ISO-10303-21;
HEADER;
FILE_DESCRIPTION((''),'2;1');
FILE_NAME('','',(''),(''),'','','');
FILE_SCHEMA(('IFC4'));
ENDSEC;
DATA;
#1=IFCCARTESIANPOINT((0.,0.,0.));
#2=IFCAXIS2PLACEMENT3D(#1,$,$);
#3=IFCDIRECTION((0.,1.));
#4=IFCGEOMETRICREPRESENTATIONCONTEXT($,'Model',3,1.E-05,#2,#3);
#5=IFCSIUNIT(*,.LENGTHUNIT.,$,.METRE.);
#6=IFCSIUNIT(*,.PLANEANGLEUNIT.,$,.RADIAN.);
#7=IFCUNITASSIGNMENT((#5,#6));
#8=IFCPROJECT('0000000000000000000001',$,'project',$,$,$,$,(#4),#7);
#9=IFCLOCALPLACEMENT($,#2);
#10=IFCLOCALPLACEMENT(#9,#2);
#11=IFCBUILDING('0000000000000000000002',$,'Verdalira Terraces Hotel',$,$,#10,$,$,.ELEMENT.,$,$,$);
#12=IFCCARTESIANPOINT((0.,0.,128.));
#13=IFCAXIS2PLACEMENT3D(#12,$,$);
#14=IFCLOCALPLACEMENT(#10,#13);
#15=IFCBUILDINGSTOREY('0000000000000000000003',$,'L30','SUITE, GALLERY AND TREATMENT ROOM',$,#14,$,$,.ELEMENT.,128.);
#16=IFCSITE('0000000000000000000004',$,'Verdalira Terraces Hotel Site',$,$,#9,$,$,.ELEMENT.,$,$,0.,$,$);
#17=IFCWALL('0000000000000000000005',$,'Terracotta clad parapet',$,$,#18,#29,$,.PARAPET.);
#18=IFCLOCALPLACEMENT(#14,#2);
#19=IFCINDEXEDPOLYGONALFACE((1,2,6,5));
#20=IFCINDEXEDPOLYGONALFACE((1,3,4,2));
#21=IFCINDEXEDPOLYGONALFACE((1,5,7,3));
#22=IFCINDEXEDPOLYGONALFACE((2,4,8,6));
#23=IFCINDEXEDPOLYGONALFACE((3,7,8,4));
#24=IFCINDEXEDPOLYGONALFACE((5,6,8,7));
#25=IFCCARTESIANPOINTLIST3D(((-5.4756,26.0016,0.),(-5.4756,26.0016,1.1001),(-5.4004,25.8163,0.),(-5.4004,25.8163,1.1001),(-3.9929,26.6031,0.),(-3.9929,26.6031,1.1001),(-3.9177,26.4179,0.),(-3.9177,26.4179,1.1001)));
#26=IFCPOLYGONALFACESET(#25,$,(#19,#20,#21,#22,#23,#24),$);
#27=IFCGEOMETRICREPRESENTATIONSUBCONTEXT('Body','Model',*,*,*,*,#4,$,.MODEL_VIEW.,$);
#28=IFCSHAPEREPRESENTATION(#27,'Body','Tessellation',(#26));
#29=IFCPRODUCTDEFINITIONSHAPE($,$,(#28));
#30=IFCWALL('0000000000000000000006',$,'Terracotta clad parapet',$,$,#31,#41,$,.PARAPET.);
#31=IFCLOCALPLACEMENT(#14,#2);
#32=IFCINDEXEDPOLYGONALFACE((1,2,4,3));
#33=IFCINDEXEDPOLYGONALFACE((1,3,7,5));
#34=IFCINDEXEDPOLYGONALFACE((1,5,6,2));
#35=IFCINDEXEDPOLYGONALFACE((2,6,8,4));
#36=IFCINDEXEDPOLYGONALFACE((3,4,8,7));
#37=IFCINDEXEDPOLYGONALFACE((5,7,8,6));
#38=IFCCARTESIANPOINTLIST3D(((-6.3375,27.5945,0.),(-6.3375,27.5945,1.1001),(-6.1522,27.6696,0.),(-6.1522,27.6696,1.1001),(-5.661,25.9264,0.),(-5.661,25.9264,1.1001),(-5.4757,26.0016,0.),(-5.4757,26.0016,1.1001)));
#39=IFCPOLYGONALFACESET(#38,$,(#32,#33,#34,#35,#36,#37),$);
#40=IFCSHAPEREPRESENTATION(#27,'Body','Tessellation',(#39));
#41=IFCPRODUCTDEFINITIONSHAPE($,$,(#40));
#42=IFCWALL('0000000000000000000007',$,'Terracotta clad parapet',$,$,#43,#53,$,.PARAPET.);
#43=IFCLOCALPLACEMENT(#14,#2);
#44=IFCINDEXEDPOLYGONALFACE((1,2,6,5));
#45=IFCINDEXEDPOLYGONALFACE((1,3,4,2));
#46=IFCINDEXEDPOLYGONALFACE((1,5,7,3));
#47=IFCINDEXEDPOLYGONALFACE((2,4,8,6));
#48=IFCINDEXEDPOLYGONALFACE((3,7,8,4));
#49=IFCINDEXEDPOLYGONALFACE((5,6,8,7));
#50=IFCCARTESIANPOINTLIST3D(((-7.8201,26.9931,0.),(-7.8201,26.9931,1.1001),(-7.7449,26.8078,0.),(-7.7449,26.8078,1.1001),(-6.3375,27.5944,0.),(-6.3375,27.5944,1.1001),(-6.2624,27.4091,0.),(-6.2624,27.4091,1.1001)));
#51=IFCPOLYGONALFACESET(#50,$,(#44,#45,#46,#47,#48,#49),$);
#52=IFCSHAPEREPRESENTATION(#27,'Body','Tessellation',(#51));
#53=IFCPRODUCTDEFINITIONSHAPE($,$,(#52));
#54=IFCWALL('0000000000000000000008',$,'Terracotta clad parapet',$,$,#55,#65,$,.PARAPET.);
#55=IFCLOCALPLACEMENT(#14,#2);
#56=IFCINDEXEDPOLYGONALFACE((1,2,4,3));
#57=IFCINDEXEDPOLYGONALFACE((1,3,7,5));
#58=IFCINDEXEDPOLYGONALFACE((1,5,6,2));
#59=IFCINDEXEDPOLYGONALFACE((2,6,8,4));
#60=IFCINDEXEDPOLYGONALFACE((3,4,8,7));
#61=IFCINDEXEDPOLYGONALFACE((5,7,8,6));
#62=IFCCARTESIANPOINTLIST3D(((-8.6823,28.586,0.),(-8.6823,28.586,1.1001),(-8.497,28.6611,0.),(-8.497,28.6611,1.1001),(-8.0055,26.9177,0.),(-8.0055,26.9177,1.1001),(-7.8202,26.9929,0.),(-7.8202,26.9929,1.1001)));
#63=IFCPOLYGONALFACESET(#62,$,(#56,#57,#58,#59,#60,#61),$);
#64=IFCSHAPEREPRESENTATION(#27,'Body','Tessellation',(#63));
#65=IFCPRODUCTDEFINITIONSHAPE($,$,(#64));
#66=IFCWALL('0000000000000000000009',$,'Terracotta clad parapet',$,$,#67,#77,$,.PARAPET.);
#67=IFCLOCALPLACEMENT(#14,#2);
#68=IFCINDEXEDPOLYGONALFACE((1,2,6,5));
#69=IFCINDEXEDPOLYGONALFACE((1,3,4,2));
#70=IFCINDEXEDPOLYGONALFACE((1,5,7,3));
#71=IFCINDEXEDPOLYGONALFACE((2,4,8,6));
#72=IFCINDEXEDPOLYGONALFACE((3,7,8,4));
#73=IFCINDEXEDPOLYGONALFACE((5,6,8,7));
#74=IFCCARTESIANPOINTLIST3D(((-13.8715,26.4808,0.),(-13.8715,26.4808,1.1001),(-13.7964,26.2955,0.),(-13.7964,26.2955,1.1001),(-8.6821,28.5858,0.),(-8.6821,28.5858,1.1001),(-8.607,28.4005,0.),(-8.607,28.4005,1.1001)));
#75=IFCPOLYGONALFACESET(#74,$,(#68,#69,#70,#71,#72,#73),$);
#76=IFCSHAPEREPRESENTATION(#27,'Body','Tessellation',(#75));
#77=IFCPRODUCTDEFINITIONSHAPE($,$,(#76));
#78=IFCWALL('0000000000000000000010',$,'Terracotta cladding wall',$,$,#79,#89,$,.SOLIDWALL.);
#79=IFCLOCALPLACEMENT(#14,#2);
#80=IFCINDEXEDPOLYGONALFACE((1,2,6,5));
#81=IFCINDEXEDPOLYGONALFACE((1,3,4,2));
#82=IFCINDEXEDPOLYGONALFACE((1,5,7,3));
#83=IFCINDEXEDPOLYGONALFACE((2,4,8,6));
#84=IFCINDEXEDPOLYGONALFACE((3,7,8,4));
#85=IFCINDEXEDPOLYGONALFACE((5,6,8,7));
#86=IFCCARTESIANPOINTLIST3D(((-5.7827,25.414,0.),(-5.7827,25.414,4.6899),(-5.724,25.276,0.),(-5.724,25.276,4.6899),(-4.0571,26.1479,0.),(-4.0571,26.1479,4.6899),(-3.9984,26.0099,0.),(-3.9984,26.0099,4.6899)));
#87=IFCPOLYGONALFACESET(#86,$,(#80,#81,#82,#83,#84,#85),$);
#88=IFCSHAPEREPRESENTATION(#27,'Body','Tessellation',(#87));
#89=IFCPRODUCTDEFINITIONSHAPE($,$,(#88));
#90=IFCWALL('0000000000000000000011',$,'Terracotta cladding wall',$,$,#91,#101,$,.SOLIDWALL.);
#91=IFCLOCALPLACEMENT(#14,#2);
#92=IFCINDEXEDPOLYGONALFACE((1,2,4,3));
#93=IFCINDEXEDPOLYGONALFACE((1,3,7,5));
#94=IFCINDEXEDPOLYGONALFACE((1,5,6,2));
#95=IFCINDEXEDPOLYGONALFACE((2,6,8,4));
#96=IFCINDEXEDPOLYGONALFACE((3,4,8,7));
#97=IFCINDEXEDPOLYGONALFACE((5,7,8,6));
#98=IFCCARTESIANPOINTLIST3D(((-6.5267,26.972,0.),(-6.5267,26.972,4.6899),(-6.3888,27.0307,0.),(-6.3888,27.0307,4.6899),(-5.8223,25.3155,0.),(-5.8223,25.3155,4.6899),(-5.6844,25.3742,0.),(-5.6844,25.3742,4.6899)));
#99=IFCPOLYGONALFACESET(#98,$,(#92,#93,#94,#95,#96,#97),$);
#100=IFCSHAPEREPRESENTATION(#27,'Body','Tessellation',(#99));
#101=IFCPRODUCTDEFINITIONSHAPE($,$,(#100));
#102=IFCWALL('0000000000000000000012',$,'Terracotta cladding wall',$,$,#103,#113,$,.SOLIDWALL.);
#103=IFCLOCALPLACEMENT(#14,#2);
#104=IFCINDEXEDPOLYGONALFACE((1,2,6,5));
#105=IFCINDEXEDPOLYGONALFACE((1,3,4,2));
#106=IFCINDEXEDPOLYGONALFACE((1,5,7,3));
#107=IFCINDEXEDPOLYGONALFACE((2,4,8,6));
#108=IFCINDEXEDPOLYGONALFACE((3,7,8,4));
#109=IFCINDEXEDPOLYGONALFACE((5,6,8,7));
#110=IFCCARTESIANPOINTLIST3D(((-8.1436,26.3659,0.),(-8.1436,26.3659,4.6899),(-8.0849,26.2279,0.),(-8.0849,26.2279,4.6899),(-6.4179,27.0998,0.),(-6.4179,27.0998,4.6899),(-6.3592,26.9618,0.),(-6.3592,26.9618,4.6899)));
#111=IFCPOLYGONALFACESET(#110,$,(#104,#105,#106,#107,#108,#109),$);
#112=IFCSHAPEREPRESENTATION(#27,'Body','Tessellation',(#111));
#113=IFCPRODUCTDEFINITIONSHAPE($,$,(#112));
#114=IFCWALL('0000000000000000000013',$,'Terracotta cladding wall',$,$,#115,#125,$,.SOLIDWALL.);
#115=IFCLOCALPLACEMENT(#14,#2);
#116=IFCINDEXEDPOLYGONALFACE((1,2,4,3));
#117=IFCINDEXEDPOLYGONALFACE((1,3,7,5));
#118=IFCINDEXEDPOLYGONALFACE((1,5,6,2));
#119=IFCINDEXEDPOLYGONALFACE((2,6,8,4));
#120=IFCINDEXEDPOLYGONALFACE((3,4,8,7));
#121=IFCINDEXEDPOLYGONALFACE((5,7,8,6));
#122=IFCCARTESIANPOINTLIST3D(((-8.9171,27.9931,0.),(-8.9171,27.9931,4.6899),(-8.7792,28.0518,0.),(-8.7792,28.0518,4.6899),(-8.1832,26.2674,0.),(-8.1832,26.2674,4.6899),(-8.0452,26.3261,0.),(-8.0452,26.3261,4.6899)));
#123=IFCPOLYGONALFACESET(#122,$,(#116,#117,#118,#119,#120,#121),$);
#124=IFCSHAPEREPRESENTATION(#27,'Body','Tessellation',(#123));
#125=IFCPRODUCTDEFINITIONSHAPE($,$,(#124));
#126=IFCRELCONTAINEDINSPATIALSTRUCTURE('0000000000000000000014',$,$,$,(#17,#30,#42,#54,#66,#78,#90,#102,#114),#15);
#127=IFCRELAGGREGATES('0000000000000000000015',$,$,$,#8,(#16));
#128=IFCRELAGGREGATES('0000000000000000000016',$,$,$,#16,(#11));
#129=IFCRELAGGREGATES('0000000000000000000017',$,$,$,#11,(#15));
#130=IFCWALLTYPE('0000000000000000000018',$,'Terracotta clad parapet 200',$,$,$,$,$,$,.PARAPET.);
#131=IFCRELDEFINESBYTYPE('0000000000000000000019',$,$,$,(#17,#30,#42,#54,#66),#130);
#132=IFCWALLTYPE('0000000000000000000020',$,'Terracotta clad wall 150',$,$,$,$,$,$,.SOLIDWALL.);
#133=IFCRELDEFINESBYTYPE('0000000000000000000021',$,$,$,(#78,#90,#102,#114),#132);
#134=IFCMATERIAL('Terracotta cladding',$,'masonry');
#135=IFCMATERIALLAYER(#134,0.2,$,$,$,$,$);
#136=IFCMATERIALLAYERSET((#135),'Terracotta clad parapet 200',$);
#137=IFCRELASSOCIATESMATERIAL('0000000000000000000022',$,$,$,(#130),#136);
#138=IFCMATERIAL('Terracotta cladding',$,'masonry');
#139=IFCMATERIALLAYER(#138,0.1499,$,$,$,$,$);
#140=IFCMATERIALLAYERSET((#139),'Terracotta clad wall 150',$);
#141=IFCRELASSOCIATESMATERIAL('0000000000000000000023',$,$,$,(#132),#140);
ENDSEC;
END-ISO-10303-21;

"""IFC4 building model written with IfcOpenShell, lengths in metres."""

from ifc_helpers import new_model, si_unit, direction, frame, frame_2d, origin, place, context, subcontext, project, spatial, rectangle, extrude, material, layer, layer_set, type_object, element, save


model = new_model("IFC4")

# Units and contexts
model_context = context("Model", 3, precision=1e-05, world=origin(), true_north=direction((0.0, 1.0)))
body_context = subcontext(model_context, "Body", "Model", "MODEL_VIEW")
ifc_project = project(units=[si_unit("LENGTHUNIT", "METRE"), si_unit("PLANEANGLEUNIT", "RADIAN")], contexts=[model_context])

# Site, building, storey
site_placement = place(None, origin())
site = spatial("IfcSite", under=ifc_project, at=site_placement, Name="Verdalira Terraces Hotel Site", CompositionType="ELEMENT", RefElevation=0.0)
building_placement = place(site_placement, origin())
building = spatial("IfcBuilding", under=site, at=building_placement, Name="Verdalira Terraces Hotel", CompositionType="ELEMENT")
storey_placement = place(building_placement, frame((0.0, 0.0, 128.0)))
storey = spatial("IfcBuildingStorey", under=building, at=storey_placement, Name="L30", Description="SUITE, GALLERY AND TREATMENT ROOM", CompositionType="ELEMENT", Elevation=128.0)

# Walls
ifc_material_1 = material(Name="Terracotta cladding", Category="masonry")
ifc_layer_1 = layer(ifc_material_1, 0.2)
ifc_layer_set_1 = layer_set([ifc_layer_1], Name="Terracotta clad parapet 200")
wall_type_1 = type_object("IfcWallType", Name="Terracotta clad parapet 200", PredefinedType="PARAPET", material=ifc_layer_set_1)
wall_1_placement = place(storey_placement, frame((-3.9553, 26.5105, 0.0), z_axis=(0.0, 0.0, 1.0), x_axis=(-0.926634, -0.375964, 0.0)))
element("IfcWall", 1, at=wall_1_placement, inside=storey, type_object=wall_type_1, Name="Terracotta clad parapet", PredefinedType="PARAPET", context=body_context, shape_type="SweptSolid", body=[
    extrude(rectangle(XDim=1.6001, YDim=0.2, at=frame_2d((0.8, 0.0))), origin(), (0.0, 0.0, 1.0), 1.1001),
])
wall_2_placement = place(storey_placement, frame((-5.5684, 25.9641, 0.0), z_axis=(0.0, 0.0, 1.0), x_axis=(-0.375853, 0.926679, 0.0)))
element("IfcWall", 2, at=wall_2_placement, inside=storey, type_object=wall_type_1, Name="Terracotta clad parapet", PredefinedType="PARAPET", context=body_context, shape_type="SweptSolid", body=[
    extrude(rectangle(XDim=1.8, YDim=0.2, at=frame_2d((0.8999, 0.0))), origin(), (0.0, 0.0, 1.0), 1.1001),
])
wall_3_placement = place(storey_placement, frame((-6.3, 27.5017, 0.0), z_axis=(0.0, 0.0, 1.0), x_axis=(-0.926688, -0.375833, 0.0)))
element("IfcWall", 3, at=wall_3_placement, inside=storey, type_object=wall_type_1, Name="Terracotta clad parapet", PredefinedType="PARAPET", context=body_context, shape_type="SweptSolid", body=[
    extrude(rectangle(XDim=1.5999, YDim=0.2, at=frame_2d((0.7998, 0.0))), origin(), (0.0, 0.0, 1.0), 1.1001),
])
wall_4_placement = place(storey_placement, frame((-7.9128, 26.9553, 0.0), z_axis=(0.0, 0.0, 1.0), x_axis=(-0.375922, 0.926651, 0.0)))
element("IfcWall", 4, at=wall_4_placement, inside=storey, type_object=wall_type_1, Name="Terracotta clad parapet", PredefinedType="PARAPET", context=body_context, shape_type="SweptSolid", body=[
    extrude(rectangle(XDim=1.8003, YDim=0.2, at=frame_2d((0.9001, 0.0))), origin(), (0.0, 0.0, 1.0), 1.1001),
])
wall_5_placement = place(storey_placement, frame((-8.6445, 28.4932, 0.0), z_axis=(0.0, 0.0, 1.0), x_axis=(-0.926668, -0.375881, 0.0)))
element("IfcWall", 5, at=wall_5_placement, inside=storey, type_object=wall_type_1, Name="Terracotta clad parapet", PredefinedType="PARAPET", context=body_context, shape_type="SweptSolid", body=[
    extrude(rectangle(XDim=5.6001, YDim=0.2, at=frame_2d((2.8, 0.0))), origin(), (0.0, 0.0, 1.0), 1.1001),
])
ifc_material_2 = material(Name="Terracotta cladding", Category="masonry")
ifc_layer_2 = layer(ifc_material_2, 0.1499)
ifc_layer_set_2 = layer_set([ifc_layer_2], Name="Terracotta clad wall 150")
wall_type_2 = type_object("IfcWallType", Name="Terracotta clad wall 150", PredefinedType="SOLIDWALL", material=ifc_layer_set_2)
wall_6_placement = place(storey_placement, frame((-4.0278, 26.0789, 0.0), z_axis=(0.0, 0.0, 1.0), x_axis=(-0.920232, -0.391372, 0.0)))
element("IfcWall", 6, at=wall_6_placement, inside=storey, type_object=wall_type_2, Name="Terracotta cladding wall", PredefinedType="SOLIDWALL", context=body_context, shape_type="SweptSolid", body=[
    extrude(rectangle(XDim=1.8752, YDim=0.1499, at=frame_2d((0.9375, 0.0))), origin(), (0.0, 0.0, 1.0), 4.6899),
])
wall_7_placement = place(storey_placement, frame((-5.7534, 25.345, 0.0), z_axis=(0.0, 0.0, 1.0), x_axis=(-0.391299, 0.920264, 0.0)))
element("IfcWall", 7, at=wall_7_placement, inside=storey, type_object=wall_type_2, Name="Terracotta cladding wall", PredefinedType="SOLIDWALL", context=body_context, shape_type="SweptSolid", body=[
    extrude(rectangle(XDim=1.8, YDim=0.1499, at=frame_2d((0.8999, 0.0))), origin(), (0.0, 0.0, 1.0), 4.6899),
])
for number, where, z_axis, x_axis, name in (
    (8, (-6.3887, 27.0308, 0.0), (0.0, 0.0, 1.0), (-0.920232, -0.391372, 0.0), "Terracotta cladding wall"),
    (9, (-8.1143, 26.2969, 0.0), (0.0, 0.0, 1.0), (-0.391372, 0.920232, 0.0), "Terracotta cladding wall"),
):
    element("IfcWall", number, at=place(storey_placement, frame(where, z_axis=z_axis, x_axis=x_axis)), inside=storey, type_object=wall_type_2, Name=name, PredefinedType="SOLIDWALL", context=body_context, shape_type="SweptSolid", body=[
        extrude(rectangle(XDim=1.8752, YDim=0.1499, at=frame_2d((0.9375, 0.0))), origin(), (0.0, 0.0, 1.0), 4.6899),
    ])

save(model, "model.ifc")
